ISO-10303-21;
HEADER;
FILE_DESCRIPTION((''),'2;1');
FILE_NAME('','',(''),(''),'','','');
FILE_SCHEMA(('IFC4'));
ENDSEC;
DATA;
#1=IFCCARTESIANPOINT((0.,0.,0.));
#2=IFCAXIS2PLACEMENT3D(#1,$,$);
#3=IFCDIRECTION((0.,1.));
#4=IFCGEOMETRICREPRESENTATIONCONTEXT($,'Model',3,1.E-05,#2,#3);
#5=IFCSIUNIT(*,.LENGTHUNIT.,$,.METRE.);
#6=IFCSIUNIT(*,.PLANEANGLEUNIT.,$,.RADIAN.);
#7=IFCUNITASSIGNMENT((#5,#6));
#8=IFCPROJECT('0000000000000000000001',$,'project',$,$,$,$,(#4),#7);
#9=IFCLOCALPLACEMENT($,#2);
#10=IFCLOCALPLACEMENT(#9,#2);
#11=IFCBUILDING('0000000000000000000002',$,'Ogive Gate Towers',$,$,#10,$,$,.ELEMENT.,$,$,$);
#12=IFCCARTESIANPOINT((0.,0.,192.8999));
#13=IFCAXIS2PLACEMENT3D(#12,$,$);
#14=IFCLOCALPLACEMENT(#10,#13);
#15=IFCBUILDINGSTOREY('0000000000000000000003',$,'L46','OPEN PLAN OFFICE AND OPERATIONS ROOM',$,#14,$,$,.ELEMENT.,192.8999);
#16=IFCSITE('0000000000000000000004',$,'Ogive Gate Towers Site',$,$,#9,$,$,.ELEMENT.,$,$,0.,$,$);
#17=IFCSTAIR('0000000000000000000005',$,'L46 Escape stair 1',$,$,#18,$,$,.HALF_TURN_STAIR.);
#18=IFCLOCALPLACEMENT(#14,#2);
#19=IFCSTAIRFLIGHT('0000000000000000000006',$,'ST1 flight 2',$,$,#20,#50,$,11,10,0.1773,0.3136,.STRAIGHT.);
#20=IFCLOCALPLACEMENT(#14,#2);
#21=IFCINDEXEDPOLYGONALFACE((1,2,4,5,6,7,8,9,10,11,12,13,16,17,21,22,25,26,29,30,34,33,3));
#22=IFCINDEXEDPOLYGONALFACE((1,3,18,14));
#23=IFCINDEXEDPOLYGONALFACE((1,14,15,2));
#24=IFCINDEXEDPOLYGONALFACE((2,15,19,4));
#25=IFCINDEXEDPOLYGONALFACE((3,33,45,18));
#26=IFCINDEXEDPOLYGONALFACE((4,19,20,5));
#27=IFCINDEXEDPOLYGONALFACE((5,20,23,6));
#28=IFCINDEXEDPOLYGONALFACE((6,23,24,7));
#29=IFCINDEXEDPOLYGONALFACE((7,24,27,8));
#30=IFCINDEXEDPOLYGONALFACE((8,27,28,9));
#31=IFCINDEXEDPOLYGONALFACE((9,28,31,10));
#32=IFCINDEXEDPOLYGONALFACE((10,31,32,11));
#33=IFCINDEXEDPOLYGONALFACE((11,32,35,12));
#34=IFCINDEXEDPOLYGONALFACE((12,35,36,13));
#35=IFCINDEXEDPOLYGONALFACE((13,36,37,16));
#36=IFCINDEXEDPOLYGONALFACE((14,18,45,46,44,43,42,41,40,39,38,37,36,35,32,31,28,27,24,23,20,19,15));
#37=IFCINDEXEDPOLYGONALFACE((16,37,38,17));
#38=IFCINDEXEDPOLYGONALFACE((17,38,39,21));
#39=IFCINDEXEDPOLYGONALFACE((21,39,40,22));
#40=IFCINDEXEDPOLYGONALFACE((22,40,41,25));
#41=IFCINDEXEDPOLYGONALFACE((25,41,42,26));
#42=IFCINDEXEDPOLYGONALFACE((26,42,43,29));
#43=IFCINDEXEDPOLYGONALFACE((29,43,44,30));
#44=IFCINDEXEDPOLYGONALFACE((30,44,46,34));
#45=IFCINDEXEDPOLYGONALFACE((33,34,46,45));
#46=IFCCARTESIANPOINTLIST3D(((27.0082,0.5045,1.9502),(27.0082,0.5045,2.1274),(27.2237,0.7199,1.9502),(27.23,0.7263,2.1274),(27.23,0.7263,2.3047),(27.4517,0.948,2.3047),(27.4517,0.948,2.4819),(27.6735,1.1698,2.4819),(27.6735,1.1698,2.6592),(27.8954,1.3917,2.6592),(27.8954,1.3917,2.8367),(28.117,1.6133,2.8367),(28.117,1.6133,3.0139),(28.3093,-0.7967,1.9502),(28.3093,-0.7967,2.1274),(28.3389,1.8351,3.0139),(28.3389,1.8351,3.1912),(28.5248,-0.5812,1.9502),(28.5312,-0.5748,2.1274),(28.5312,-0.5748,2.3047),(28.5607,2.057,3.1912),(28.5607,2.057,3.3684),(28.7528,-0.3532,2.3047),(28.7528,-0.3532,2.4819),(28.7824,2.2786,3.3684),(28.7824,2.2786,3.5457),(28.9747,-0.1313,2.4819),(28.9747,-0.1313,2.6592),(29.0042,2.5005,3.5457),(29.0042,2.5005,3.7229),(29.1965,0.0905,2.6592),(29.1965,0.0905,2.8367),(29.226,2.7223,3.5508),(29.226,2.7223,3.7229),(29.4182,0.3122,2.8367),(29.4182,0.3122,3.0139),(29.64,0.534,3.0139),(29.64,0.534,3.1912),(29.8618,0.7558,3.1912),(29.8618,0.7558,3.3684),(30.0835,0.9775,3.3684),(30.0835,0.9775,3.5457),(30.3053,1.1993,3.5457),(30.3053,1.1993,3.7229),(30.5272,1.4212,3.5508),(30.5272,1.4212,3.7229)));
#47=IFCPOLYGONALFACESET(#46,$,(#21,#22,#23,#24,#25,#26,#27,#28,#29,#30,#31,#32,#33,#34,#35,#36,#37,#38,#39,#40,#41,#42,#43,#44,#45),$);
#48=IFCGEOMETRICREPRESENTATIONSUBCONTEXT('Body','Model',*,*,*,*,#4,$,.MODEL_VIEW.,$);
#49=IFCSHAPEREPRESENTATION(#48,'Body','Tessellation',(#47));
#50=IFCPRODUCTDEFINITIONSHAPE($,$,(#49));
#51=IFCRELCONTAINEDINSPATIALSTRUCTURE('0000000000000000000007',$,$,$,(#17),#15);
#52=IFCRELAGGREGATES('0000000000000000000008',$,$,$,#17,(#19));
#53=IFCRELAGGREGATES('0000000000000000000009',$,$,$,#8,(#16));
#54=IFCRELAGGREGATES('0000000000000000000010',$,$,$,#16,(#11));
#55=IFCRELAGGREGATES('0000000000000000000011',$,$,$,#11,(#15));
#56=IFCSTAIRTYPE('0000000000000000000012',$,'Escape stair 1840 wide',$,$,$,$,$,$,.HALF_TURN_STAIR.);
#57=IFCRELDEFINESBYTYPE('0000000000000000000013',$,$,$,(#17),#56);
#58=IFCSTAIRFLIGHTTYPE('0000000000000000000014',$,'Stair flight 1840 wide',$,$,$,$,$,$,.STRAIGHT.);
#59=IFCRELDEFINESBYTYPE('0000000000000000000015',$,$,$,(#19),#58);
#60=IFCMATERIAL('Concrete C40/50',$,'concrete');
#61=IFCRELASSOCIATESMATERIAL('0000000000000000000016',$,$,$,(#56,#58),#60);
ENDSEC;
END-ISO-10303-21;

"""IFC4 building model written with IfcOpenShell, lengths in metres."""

from ifc_helpers import new_model, si_unit, direction, frame, origin, place, context, subcontext, project, spatial, polyline, outline, extrude, material, type_object, element, aggregate, save


model = new_model("IFC4")

# Units and contexts
model_context = context("Model", 3, precision=1e-05, world=origin(), true_north=direction((0.0, 1.0)))
body_context = subcontext(model_context, "Body", "Model", "MODEL_VIEW")
ifc_project = project(units=[si_unit("LENGTHUNIT", "METRE"), si_unit("PLANEANGLEUNIT", "RADIAN")], contexts=[model_context])

# Site, building, storey
site_placement = place(None, origin())
site = spatial("IfcSite", under=ifc_project, at=site_placement, Name="Ogive Gate Towers Site", CompositionType="ELEMENT", RefElevation=0.0)
building_placement = place(site_placement, origin())
building = spatial("IfcBuilding", under=site, at=building_placement, Name="Ogive Gate Towers", CompositionType="ELEMENT")
storey_placement = place(building_placement, frame((0.0, 0.0, 192.8999)))
storey = spatial("IfcBuildingStorey", under=building, at=storey_placement, Name="L46", Description="OPEN PLAN OFFICE AND OPERATIONS ROOM", CompositionType="ELEMENT", Elevation=192.8999)

# Stair, stair flight
ifc_material_1 = material(Name="Concrete C40/50", Category="concrete")
stair_type = type_object("IfcStairType", Name="Escape stair 1840 wide", PredefinedType="HALF_TURN_STAIR", material=ifc_material_1)
stair_placement = place(storey_placement, origin())
stair = element("IfcStair", 1, at=stair_placement, inside=storey, type_object=stair_type, Name="L46 Escape stair 1", PredefinedType="HALF_TURN_STAIR")
stair_flight_type = type_object("IfcStairFlightType", Name="Stair flight 1840 wide", PredefinedType="STRAIGHT", material=ifc_material_1)
stair_flight_placement = place(storey_placement, frame((27.6587, -0.146, 1.9502), z_axis=(0.0, 0.0, 1.0), x_axis=(0.707107, 0.707107, 0.0)))
stair_flight = element("IfcStairFlight", 2, at=stair_flight_placement, type_object=stair_flight_type, Name="ST1 flight 2", NumberOfRisers=11, NumberOfTreads=10, PredefinedType="STRAIGHT", RiserHeight=0.1773, TreadLength=0.3136, context=body_context, shape_type="SweptSolid", body=[
    extrude(outline(polyline([(0.0, 0.0), (0.0, 0.1772), (0.3137, 0.1772), (0.3137, 0.3545), (0.6272, 0.3545), (0.6272, 0.5317), (0.9409, 0.5317), (0.9409, 0.709), (1.2546, 0.709), (1.2546, 0.8865), (1.5681, 0.8865), (1.5681, 1.0637), (1.8818, 1.0637), (1.8818, 1.241), (2.1956, 1.241), (2.1956, 1.4182), (2.509, 1.4182), (2.509, 1.5955), (2.8228, 1.5955), (2.8228, 1.7727), (3.1365, 1.7727), (3.1365, 1.95), (3.1365, 1.6006), (0.3047, 0.0), (0.0, 0.0)])), frame((0.0, 0.9199, 0.0), z_axis=(0.0, -1.0, 0.0), x_axis=(1.0, 0.0, 0.0)), (0.0, 0.0, 1.0), 1.8401),
])
aggregate(stair, [stair_flight])

save(model, "model.ifc")
